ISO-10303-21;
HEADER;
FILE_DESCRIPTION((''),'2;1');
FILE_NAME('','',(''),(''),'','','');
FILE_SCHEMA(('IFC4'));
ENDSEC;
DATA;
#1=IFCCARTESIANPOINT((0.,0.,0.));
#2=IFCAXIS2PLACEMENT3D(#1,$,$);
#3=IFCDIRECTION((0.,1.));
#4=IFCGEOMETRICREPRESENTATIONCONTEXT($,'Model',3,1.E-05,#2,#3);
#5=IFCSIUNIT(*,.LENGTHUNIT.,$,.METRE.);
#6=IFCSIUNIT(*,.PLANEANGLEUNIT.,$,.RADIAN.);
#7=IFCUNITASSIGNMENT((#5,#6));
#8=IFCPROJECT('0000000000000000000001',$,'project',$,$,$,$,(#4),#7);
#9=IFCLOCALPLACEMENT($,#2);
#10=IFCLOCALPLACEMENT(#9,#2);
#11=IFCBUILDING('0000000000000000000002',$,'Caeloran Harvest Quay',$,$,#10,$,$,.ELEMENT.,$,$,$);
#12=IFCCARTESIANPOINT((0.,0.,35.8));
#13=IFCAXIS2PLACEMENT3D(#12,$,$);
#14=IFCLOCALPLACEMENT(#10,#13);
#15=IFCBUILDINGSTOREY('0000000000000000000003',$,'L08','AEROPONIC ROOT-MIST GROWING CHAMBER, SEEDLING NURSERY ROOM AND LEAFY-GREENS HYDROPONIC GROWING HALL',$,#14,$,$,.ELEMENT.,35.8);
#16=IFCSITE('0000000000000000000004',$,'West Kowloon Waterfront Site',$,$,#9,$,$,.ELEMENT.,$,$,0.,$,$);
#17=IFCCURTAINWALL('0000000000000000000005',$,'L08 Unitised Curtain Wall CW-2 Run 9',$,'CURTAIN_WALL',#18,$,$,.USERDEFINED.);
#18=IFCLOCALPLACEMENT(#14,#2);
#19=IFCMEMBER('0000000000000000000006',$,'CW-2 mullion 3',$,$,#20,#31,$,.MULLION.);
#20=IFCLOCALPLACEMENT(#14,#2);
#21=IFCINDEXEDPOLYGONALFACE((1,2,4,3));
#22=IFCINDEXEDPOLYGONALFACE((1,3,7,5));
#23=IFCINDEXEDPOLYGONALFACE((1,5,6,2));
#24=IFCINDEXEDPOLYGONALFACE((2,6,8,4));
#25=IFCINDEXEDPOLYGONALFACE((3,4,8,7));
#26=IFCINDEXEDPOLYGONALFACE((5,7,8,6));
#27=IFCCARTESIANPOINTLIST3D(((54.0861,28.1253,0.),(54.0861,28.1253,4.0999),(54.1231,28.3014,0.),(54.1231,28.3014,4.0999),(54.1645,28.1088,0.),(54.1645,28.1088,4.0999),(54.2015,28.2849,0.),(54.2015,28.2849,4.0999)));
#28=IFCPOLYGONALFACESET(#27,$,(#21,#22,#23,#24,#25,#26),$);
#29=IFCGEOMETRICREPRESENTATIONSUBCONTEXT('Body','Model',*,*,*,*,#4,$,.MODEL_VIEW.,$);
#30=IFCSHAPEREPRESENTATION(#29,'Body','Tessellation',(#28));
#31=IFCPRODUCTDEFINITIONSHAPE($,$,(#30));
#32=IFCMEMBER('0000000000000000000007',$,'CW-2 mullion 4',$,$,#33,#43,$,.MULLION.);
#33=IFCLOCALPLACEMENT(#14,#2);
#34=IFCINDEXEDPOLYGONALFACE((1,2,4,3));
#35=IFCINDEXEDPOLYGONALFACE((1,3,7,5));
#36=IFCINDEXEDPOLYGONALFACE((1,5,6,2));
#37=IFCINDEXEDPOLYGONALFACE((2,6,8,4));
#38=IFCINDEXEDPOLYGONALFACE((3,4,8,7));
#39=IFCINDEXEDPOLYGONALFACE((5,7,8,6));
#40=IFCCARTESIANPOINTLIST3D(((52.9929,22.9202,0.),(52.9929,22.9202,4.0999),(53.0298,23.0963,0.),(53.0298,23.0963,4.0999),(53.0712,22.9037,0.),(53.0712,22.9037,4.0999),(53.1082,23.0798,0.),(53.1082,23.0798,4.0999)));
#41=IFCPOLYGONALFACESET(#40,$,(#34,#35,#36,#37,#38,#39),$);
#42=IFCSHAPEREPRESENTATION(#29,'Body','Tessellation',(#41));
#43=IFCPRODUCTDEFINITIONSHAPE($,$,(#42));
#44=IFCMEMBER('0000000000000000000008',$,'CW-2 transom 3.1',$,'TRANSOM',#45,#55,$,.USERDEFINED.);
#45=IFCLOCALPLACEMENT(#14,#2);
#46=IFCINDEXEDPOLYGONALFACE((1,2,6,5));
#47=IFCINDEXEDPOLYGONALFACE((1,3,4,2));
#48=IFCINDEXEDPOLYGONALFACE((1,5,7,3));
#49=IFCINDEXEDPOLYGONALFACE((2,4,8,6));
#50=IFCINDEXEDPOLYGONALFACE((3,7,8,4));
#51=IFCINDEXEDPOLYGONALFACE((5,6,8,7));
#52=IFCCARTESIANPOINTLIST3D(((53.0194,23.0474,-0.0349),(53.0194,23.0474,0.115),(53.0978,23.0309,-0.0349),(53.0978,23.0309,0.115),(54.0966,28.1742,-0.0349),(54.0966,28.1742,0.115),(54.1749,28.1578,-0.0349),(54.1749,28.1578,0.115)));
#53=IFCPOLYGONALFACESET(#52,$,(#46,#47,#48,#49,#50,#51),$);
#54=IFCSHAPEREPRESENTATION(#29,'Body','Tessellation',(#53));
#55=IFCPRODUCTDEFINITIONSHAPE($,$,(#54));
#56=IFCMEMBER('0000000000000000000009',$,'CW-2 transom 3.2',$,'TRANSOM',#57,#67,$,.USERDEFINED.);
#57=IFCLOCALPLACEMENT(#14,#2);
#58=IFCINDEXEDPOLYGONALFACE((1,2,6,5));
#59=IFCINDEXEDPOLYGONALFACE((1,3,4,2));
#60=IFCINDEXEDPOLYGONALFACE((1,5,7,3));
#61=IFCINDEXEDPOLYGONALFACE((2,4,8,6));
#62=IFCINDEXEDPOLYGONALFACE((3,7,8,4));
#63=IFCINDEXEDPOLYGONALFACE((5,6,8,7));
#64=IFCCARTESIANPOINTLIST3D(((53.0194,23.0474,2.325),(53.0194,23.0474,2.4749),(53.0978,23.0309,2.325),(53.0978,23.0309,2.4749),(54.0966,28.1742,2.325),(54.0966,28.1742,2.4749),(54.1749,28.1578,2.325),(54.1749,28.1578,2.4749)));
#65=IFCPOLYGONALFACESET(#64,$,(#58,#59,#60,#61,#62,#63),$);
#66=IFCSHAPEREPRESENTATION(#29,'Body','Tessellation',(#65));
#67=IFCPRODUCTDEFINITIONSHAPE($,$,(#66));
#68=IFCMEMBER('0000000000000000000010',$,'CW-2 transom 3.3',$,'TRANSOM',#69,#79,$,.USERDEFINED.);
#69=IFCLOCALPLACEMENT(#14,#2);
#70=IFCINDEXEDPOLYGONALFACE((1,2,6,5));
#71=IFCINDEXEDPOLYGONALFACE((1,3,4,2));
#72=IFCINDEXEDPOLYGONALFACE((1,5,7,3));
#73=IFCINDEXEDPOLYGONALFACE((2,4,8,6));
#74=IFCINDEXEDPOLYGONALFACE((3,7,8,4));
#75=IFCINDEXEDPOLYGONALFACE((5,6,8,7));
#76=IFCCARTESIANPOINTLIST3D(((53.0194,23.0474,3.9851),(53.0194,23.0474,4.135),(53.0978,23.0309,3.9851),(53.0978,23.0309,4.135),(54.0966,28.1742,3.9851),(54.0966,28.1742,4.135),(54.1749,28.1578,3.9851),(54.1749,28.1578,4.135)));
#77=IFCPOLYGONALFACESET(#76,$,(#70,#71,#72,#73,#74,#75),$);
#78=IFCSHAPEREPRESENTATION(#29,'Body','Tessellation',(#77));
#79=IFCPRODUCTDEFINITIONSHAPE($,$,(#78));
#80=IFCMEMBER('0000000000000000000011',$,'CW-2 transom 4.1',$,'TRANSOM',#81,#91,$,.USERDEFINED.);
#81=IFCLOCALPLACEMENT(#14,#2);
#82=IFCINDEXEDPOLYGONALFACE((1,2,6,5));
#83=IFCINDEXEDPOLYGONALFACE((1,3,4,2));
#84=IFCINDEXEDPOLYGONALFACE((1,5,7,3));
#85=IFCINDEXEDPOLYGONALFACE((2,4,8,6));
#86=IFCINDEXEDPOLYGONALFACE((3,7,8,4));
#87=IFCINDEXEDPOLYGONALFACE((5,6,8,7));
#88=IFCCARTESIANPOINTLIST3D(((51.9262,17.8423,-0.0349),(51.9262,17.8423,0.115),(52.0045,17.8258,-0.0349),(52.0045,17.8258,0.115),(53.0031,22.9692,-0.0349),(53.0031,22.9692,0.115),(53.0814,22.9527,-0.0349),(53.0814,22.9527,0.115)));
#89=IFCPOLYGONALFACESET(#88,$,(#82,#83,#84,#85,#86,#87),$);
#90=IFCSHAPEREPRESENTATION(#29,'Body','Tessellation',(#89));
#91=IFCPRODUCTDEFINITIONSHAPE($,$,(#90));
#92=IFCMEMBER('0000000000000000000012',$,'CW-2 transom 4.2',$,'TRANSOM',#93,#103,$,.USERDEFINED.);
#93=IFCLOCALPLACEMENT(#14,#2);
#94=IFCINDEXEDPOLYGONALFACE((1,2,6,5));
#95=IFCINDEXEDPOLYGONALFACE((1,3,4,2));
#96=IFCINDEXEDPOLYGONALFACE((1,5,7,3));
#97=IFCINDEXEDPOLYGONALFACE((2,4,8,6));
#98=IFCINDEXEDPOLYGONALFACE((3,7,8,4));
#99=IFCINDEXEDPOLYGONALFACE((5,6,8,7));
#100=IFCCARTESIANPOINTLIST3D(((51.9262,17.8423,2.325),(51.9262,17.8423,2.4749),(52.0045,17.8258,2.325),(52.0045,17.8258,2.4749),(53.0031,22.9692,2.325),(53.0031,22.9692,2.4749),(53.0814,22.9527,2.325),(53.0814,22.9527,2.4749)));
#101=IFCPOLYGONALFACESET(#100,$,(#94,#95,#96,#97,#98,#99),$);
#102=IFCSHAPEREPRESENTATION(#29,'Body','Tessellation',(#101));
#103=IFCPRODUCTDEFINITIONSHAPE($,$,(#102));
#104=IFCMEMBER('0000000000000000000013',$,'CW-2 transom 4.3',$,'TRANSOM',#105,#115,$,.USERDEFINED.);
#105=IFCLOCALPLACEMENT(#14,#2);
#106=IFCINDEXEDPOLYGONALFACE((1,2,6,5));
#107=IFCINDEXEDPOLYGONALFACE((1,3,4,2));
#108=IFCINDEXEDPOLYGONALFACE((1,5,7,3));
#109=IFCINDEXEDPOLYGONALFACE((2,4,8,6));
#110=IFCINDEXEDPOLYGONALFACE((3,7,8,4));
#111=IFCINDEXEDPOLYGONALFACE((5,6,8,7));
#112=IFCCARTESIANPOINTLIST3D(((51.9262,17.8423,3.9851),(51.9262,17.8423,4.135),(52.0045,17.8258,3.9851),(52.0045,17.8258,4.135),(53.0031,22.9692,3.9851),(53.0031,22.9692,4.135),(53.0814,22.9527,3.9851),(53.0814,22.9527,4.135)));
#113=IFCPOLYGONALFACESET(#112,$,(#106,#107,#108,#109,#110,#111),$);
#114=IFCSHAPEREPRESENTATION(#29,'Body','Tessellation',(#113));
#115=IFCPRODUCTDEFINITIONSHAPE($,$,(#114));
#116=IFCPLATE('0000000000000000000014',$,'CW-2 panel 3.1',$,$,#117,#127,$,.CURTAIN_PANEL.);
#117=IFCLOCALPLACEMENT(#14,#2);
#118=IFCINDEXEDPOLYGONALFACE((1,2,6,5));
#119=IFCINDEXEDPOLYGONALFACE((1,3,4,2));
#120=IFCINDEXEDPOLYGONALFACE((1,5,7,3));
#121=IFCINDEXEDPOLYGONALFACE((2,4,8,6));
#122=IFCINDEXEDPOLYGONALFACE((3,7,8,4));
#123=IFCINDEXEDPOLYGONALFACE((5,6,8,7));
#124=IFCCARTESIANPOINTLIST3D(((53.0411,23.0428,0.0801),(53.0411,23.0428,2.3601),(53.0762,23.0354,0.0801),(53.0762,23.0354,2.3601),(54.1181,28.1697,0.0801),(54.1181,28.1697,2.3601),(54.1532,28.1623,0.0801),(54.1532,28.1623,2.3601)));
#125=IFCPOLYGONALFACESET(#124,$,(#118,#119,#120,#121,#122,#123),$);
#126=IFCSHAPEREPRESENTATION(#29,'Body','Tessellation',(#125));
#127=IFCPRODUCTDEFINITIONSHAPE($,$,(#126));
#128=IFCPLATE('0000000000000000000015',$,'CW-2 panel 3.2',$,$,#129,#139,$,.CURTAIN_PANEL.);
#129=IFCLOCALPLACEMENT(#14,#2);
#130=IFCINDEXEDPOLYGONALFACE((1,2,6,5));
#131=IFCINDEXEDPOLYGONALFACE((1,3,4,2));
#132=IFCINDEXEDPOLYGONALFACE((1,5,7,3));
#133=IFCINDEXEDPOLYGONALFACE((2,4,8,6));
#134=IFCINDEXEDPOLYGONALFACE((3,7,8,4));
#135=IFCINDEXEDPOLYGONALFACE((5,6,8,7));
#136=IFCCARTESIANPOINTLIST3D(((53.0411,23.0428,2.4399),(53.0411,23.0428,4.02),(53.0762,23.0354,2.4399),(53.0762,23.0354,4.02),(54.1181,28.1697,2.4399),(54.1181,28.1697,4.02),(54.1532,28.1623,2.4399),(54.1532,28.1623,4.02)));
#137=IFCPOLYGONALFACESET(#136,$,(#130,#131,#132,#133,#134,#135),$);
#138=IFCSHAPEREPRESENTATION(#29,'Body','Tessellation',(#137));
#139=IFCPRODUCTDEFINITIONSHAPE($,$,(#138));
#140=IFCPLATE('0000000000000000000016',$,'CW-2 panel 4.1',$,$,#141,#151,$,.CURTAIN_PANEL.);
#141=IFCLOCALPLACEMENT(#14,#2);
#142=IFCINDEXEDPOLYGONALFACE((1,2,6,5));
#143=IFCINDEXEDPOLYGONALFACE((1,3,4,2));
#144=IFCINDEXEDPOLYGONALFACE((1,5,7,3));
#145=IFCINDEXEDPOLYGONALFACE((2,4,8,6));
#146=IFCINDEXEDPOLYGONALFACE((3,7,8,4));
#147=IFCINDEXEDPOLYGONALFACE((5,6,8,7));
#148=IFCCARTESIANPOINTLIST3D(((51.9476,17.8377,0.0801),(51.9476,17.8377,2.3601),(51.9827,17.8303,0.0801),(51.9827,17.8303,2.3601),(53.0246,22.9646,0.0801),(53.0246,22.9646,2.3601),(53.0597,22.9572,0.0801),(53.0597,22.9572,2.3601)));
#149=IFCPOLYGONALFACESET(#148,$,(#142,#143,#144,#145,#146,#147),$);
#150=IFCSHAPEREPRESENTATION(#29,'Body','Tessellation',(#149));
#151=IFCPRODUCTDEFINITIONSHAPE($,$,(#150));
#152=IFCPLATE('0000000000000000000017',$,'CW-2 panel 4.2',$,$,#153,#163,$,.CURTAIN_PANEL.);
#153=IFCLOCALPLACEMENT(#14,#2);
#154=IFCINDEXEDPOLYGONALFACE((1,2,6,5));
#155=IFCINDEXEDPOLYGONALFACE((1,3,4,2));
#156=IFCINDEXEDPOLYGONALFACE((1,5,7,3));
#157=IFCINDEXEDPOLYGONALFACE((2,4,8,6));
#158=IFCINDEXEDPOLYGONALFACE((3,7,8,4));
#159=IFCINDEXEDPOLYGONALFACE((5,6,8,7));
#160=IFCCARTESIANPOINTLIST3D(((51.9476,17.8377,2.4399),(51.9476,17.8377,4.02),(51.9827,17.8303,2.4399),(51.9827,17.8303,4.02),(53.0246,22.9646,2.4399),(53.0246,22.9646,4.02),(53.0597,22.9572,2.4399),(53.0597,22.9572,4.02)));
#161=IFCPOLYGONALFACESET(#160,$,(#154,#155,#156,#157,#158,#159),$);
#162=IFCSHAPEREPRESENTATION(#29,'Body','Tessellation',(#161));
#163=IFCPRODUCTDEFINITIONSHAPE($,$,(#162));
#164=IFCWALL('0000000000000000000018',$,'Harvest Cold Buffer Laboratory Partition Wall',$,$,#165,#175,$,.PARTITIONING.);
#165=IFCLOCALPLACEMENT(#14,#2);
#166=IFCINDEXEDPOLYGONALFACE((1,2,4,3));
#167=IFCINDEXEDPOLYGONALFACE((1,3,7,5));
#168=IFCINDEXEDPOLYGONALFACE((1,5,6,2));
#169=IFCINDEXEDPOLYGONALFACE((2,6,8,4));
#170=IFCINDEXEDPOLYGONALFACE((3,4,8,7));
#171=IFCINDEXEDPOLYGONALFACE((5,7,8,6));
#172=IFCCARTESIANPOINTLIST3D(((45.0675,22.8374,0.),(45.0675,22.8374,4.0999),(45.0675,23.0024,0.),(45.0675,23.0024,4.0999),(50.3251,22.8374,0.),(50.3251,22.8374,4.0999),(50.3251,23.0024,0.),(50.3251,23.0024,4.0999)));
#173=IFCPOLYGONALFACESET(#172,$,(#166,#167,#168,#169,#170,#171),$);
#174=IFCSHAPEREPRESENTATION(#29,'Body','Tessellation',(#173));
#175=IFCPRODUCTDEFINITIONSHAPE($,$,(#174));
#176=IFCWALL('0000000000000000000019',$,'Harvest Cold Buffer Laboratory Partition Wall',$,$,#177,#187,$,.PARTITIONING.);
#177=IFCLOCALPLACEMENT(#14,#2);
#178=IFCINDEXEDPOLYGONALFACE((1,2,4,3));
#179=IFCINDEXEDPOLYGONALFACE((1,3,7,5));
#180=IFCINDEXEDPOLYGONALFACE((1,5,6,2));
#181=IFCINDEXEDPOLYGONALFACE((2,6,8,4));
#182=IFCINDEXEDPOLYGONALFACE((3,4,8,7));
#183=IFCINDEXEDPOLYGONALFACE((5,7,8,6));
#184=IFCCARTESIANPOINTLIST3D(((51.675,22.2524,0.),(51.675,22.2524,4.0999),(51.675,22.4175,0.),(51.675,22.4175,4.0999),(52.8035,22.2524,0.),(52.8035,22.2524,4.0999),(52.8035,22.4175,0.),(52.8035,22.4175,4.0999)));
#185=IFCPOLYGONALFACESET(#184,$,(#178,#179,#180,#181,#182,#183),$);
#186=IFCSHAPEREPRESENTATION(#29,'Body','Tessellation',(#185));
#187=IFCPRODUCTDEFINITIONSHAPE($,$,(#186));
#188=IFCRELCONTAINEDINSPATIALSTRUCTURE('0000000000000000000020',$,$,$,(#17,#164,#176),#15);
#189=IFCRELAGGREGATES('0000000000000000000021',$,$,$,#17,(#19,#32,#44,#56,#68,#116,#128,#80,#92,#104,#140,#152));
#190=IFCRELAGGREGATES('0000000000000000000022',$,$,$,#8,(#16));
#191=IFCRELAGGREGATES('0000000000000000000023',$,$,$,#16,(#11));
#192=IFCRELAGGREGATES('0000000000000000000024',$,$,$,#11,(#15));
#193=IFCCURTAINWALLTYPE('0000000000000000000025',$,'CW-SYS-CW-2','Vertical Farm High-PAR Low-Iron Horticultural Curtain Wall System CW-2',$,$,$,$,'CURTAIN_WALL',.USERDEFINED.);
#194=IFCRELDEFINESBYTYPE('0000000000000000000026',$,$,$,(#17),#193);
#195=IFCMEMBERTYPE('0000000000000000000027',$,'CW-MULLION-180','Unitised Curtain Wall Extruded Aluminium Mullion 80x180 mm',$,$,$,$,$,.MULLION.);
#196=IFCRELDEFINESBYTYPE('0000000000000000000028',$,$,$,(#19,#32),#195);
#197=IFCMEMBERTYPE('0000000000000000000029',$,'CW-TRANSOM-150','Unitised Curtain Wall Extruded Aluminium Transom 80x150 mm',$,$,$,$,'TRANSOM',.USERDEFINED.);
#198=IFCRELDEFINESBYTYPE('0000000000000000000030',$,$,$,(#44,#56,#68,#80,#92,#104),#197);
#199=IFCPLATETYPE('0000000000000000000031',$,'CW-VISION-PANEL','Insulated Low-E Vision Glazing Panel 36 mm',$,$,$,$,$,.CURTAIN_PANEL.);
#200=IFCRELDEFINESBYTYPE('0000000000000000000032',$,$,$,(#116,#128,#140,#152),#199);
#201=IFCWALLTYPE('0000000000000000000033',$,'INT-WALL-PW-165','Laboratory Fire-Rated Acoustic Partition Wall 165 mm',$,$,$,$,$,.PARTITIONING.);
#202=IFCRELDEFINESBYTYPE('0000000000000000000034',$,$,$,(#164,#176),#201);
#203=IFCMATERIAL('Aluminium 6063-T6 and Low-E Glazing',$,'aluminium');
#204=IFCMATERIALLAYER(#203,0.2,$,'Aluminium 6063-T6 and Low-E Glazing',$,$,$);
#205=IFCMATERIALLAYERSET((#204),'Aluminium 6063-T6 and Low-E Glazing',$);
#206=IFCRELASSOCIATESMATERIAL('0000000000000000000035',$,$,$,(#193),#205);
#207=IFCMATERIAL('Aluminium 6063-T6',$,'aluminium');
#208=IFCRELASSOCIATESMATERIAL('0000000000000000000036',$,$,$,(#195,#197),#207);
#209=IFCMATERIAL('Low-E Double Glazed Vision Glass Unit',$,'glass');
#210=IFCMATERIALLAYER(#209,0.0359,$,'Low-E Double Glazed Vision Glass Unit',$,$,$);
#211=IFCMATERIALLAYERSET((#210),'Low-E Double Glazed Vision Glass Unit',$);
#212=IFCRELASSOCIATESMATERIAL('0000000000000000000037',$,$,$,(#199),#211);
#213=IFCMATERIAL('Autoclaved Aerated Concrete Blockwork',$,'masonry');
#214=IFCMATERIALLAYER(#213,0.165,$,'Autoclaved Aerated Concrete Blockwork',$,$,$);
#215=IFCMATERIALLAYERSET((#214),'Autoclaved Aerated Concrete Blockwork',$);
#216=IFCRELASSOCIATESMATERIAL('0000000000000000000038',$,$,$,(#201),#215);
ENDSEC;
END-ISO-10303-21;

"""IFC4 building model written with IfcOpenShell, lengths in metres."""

from ifc_helpers import new_model, si_unit, direction, frame, frame_2d, origin, origin_2d, place, context, subcontext, project, spatial, rectangle, extrude, material, layer, layer_set, material_profile, profile_set, type_object, element, aggregate, save


model = new_model("IFC4")

# Units and contexts
model_context = context("Model", 3, precision=1e-05, world=origin(), true_north=direction((0.0, 1.0)))
body_context = subcontext(model_context, "Body", "Model", "MODEL_VIEW")
ifc_project = project(units=[si_unit("LENGTHUNIT", "METRE"), si_unit("PLANEANGLEUNIT", "RADIAN")], contexts=[model_context])

# Site, building, storey
site_placement = place(None, origin())
site = spatial("IfcSite", under=ifc_project, at=site_placement, Name="West Kowloon Waterfront Site", CompositionType="ELEMENT", RefElevation=0.0)
building_placement = place(site_placement, origin())
building = spatial("IfcBuilding", under=site, at=building_placement, Name="Caeloran Harvest Quay", CompositionType="ELEMENT")
storey_placement = place(building_placement, frame((0.0, 0.0, 35.8)))
storey = spatial("IfcBuildingStorey", under=building, at=storey_placement, Name="L08", Description="AEROPONIC ROOT-MIST GROWING CHAMBER, SEEDLING NURSERY ROOM AND LEAFY-GREENS HYDROPONIC GROWING HALL", CompositionType="ELEMENT", Elevation=35.8)

# Curtain wall, members, plates
ifc_material_1 = material(Name="Aluminium 6063-T6 and Low-E Glazing", Category="aluminium")
ifc_layer_1 = layer(ifc_material_1, 0.2, Name="Aluminium 6063-T6 and Low-E Glazing")
ifc_layer_set_1 = layer_set([ifc_layer_1], Name="Aluminium 6063-T6 and Low-E Glazing")
curtain_wall_type = type_object("IfcCurtainWallType", Name="CW-SYS-CW-2", Description="Vertical Farm High-PAR Low-Iron Horticultural Curtain Wall System CW-2", ElementType="CURTAIN_WALL", PredefinedType="USERDEFINED", material=ifc_layer_set_1)
curtain_wall_placement = place(storey_placement, origin())
curtain_wall = element("IfcCurtainWall", 1, at=curtain_wall_placement, inside=storey, type_object=curtain_wall_type, Name="L08 Unitised Curtain Wall CW-2 Run 9", ObjectType="CURTAIN_WALL", PredefinedType="USERDEFINED")
ifc_material_2 = material(Name="Aluminium 6063-T6", Category="aluminium")
ifc_material_profile_1 = material_profile(ifc_material_2, rectangle(XDim=0.0801, YDim=0.1799, at=origin_2d()), Name="CW-MULLION-180")
ifc_profile_set_1 = profile_set([ifc_material_profile_1], Name="Aluminium 6063-T6")
member_type_1 = type_object("IfcMemberType", Name="CW-MULLION-180", Description="Unitised Curtain Wall Extruded Aluminium Mullion 80x180 mm", PredefinedType="MULLION", material=ifc_profile_set_1)
member_1_placement = place(storey_placement, frame((54.1438, 28.2051, 0.0), z_axis=(0.0, 0.0, 1.0), x_axis=(0.97864, -0.205583, 0.0)))
member_1 = element("IfcMember", 2, at=member_1_placement, type_object=member_type_1, Name="CW-2 mullion 3", PredefinedType="MULLION", context=body_context, shape_type="SweptSolid", body=[
    extrude(rectangle(XDim=0.0801, YDim=0.1799, at=origin_2d()), origin(), (0.0, 0.0, 1.0), 4.0999),
])
member_2_placement = place(storey_placement, frame((53.0505, 23.0, 0.0), z_axis=(0.0, 0.0, 1.0), x_axis=(0.97864, -0.205583, 0.0)))
member_2 = element("IfcMember", 3, at=member_2_placement, type_object=member_type_1, Name="CW-2 mullion 4", PredefinedType="MULLION", context=body_context, shape_type="SweptSolid", body=[
    extrude(rectangle(XDim=0.0801, YDim=0.1799, at=origin_2d()), origin(), (0.0, 0.0, 1.0), 4.0999),
])
ifc_material_profile_2 = material_profile(ifc_material_2, rectangle(XDim=0.0801, YDim=0.1499, at=origin_2d()), Name="CW-TRANSOM-150")
ifc_profile_set_2 = profile_set([ifc_material_profile_2], Name="Aluminium 6063-T6")
member_type_2 = type_object("IfcMemberType", Name="CW-TRANSOM-150", Description="Unitised Curtain Wall Extruded Aluminium Transom 80x150 mm", ElementType="TRANSOM", PredefinedType="USERDEFINED", material=ifc_profile_set_2)
member_3_placement = place(storey_placement, frame((54.1357, 28.166, 0.04), z_axis=(-0.205607, -0.978635, 0.0), x_axis=(0.978635, -0.205607, 0.0)))
member_3 = element("IfcMember", 4, at=member_3_placement, type_object=member_type_2, Name="CW-2 transom 3.1", ObjectType="TRANSOM", PredefinedType="USERDEFINED", context=body_context, shape_type="SweptSolid", body=[
    extrude(rectangle(XDim=0.0801, YDim=0.1499, at=origin_2d()), origin(), (0.0, 0.0, 1.0), 5.2388),
])
member_4_placement = place(storey_placement, frame((54.1357, 28.166, 2.3999), z_axis=(-0.205607, -0.978635, 0.0), x_axis=(0.978635, -0.205607, 0.0)))
member_4 = element("IfcMember", 5, at=member_4_placement, type_object=member_type_2, Name="CW-2 transom 3.2", ObjectType="TRANSOM", PredefinedType="USERDEFINED", context=body_context, shape_type="SweptSolid", body=[
    extrude(rectangle(XDim=0.0801, YDim=0.1499, at=origin_2d()), origin(), (0.0, 0.0, 1.0), 5.2388),
])
member_5_placement = place(storey_placement, frame((54.1357, 28.166, 4.0601), z_axis=(-0.205607, -0.978635, 0.0), x_axis=(0.978635, -0.205607, 0.0)))
member_5 = element("IfcMember", 6, at=member_5_placement, type_object=member_type_2, Name="CW-2 transom 3.3", ObjectType="TRANSOM", PredefinedType="USERDEFINED", context=body_context, shape_type="SweptSolid", body=[
    extrude(rectangle(XDim=0.0801, YDim=0.1499, at=origin_2d()), origin(), (0.0, 0.0, 1.0), 5.2388),
])
member_6_placement = place(storey_placement, frame((53.0422, 22.9609, 0.04), z_axis=(-0.205562, -0.978644, 0.0), x_axis=(0.978644, -0.205562, 0.0)))
member_6 = element("IfcMember", 7, at=member_6_placement, type_object=member_type_2, Name="CW-2 transom 4.1", ObjectType="TRANSOM", PredefinedType="USERDEFINED", context=body_context, shape_type="SweptSolid", body=[
    extrude(rectangle(XDim=0.0801, YDim=0.1499, at=origin_2d()), origin(), (0.0, 0.0, 1.0), 5.2388),
])
member_7_placement = place(storey_placement, frame((53.0422, 22.9609, 2.3999), z_axis=(-0.205562, -0.978644, 0.0), x_axis=(0.978644, -0.205562, 0.0)))
member_7 = element("IfcMember", 8, at=member_7_placement, type_object=member_type_2, Name="CW-2 transom 4.2", ObjectType="TRANSOM", PredefinedType="USERDEFINED", context=body_context, shape_type="SweptSolid", body=[
    extrude(rectangle(XDim=0.0801, YDim=0.1499, at=origin_2d()), origin(), (0.0, 0.0, 1.0), 5.2388),
])
member_8_placement = place(storey_placement, frame((53.0422, 22.9609, 4.0601), z_axis=(-0.205562, -0.978644, 0.0), x_axis=(0.978644, -0.205562, 0.0)))
member_8 = element("IfcMember", 9, at=member_8_placement, type_object=member_type_2, Name="CW-2 transom 4.3", ObjectType="TRANSOM", PredefinedType="USERDEFINED", context=body_context, shape_type="SweptSolid", body=[
    extrude(rectangle(XDim=0.0801, YDim=0.1499, at=origin_2d()), origin(), (0.0, 0.0, 1.0), 5.2388),
])
ifc_material_3 = material(Name="Low-E Double Glazed Vision Glass Unit", Category="glass")
ifc_layer_2 = layer(ifc_material_3, 0.0359, Name="Low-E Double Glazed Vision Glass Unit")
ifc_layer_set_2 = layer_set([ifc_layer_2], Name="Low-E Double Glazed Vision Glass Unit")
plate_type = type_object("IfcPlateType", Name="CW-VISION-PANEL", Description="Insulated Low-E Vision Glazing Panel 36 mm", PredefinedType="CURTAIN_PANEL", material=ifc_layer_set_2)
plate_1_placement = place(storey_placement, frame((53.5972, 25.6025, 0.0801), z_axis=(0.0, 0.0, 1.0), x_axis=(-0.205583, -0.97864, 0.0)))
plate_1 = element("IfcPlate", 10, at=plate_1_placement, type_object=plate_type, Name="CW-2 panel 3.1", PredefinedType="CURTAIN_PANEL", context=body_context, shape_type="SweptSolid", body=[
    extrude(rectangle(XDim=5.2388, YDim=0.0359, at=origin_2d()), origin(), (0.0, 0.0, 1.0), 2.28),
])
plate_2_placement = place(storey_placement, frame((53.5972, 25.6025, 2.4399), z_axis=(0.0, 0.0, 1.0), x_axis=(-0.205583, -0.97864, 0.0)))
plate_2 = element("IfcPlate", 11, at=plate_2_placement, type_object=plate_type, Name="CW-2 panel 3.2", PredefinedType="CURTAIN_PANEL", context=body_context, shape_type="SweptSolid", body=[
    extrude(rectangle(XDim=5.2388, YDim=0.0359, at=origin_2d()), origin(), (0.0, 0.0, 1.0), 1.5801),
])
plate_3_placement = place(storey_placement, frame((52.5037, 20.3975, 0.0801), z_axis=(0.0, 0.0, 1.0), x_axis=(-0.205583, -0.97864, 0.0)))
plate_3 = element("IfcPlate", 12, at=plate_3_placement, type_object=plate_type, Name="CW-2 panel 4.1", PredefinedType="CURTAIN_PANEL", context=body_context, shape_type="SweptSolid", body=[
    extrude(rectangle(XDim=5.2388, YDim=0.0359, at=origin_2d()), origin(), (0.0, 0.0, 1.0), 2.28),
])
plate_4_placement = place(storey_placement, frame((52.5037, 20.3975, 2.4399), z_axis=(0.0, 0.0, 1.0), x_axis=(-0.205583, -0.97864, 0.0)))
plate_4 = element("IfcPlate", 13, at=plate_4_placement, type_object=plate_type, Name="CW-2 panel 4.2", PredefinedType="CURTAIN_PANEL", context=body_context, shape_type="SweptSolid", body=[
    extrude(rectangle(XDim=5.2388, YDim=0.0359, at=origin_2d()), origin(), (0.0, 0.0, 1.0), 1.5801),
])
aggregate(curtain_wall, [member_1, member_2, member_3, member_4, member_5, plate_1, plate_2, member_6, member_7, member_8, plate_3, plate_4])

# Walls
ifc_material_4 = material(Name="Autoclaved Aerated Concrete Blockwork", Category="masonry")
ifc_layer_3 = layer(ifc_material_4, 0.165, Name="Autoclaved Aerated Concrete Blockwork")
ifc_layer_set_3 = layer_set([ifc_layer_3], Name="Autoclaved Aerated Concrete Blockwork")
wall_type = type_object("IfcWallType", Name="INT-WALL-PW-165", Description="Laboratory Fire-Rated Acoustic Partition Wall 165 mm", PredefinedType="PARTITIONING", material=ifc_layer_set_3)
wall_1_placement = place(storey_placement, frame((45.0674, 22.9199, 0.0), z_axis=(0.0, 0.0, 1.0), x_axis=(1.0, 0.0, 0.0)))
element("IfcWall", 14, at=wall_1_placement, inside=storey, type_object=wall_type, Name="Harvest Cold Buffer Laboratory Partition Wall", PredefinedType="PARTITIONING", context=body_context, shape_type="SweptSolid", body=[
    extrude(rectangle(XDim=5.2576, YDim=0.165, at=frame_2d((2.6289, 0.0))), origin(), (0.0, 0.0, 1.0), 4.0999),
])
wall_2_placement = place(storey_placement, frame((51.675, 22.335, 0.0), z_axis=(0.0, 0.0, 1.0), x_axis=(1.0, 0.0, 0.0)))
element("IfcWall", 15, at=wall_2_placement, inside=storey, type_object=wall_type, Name="Harvest Cold Buffer Laboratory Partition Wall", PredefinedType="PARTITIONING", context=body_context, shape_type="SweptSolid", body=[
    extrude(rectangle(XDim=1.1284, YDim=0.165, at=frame_2d((0.5642, 0.0))), origin(), (0.0, 0.0, 1.0), 4.0999),
])

save(model, "model.ifc")
